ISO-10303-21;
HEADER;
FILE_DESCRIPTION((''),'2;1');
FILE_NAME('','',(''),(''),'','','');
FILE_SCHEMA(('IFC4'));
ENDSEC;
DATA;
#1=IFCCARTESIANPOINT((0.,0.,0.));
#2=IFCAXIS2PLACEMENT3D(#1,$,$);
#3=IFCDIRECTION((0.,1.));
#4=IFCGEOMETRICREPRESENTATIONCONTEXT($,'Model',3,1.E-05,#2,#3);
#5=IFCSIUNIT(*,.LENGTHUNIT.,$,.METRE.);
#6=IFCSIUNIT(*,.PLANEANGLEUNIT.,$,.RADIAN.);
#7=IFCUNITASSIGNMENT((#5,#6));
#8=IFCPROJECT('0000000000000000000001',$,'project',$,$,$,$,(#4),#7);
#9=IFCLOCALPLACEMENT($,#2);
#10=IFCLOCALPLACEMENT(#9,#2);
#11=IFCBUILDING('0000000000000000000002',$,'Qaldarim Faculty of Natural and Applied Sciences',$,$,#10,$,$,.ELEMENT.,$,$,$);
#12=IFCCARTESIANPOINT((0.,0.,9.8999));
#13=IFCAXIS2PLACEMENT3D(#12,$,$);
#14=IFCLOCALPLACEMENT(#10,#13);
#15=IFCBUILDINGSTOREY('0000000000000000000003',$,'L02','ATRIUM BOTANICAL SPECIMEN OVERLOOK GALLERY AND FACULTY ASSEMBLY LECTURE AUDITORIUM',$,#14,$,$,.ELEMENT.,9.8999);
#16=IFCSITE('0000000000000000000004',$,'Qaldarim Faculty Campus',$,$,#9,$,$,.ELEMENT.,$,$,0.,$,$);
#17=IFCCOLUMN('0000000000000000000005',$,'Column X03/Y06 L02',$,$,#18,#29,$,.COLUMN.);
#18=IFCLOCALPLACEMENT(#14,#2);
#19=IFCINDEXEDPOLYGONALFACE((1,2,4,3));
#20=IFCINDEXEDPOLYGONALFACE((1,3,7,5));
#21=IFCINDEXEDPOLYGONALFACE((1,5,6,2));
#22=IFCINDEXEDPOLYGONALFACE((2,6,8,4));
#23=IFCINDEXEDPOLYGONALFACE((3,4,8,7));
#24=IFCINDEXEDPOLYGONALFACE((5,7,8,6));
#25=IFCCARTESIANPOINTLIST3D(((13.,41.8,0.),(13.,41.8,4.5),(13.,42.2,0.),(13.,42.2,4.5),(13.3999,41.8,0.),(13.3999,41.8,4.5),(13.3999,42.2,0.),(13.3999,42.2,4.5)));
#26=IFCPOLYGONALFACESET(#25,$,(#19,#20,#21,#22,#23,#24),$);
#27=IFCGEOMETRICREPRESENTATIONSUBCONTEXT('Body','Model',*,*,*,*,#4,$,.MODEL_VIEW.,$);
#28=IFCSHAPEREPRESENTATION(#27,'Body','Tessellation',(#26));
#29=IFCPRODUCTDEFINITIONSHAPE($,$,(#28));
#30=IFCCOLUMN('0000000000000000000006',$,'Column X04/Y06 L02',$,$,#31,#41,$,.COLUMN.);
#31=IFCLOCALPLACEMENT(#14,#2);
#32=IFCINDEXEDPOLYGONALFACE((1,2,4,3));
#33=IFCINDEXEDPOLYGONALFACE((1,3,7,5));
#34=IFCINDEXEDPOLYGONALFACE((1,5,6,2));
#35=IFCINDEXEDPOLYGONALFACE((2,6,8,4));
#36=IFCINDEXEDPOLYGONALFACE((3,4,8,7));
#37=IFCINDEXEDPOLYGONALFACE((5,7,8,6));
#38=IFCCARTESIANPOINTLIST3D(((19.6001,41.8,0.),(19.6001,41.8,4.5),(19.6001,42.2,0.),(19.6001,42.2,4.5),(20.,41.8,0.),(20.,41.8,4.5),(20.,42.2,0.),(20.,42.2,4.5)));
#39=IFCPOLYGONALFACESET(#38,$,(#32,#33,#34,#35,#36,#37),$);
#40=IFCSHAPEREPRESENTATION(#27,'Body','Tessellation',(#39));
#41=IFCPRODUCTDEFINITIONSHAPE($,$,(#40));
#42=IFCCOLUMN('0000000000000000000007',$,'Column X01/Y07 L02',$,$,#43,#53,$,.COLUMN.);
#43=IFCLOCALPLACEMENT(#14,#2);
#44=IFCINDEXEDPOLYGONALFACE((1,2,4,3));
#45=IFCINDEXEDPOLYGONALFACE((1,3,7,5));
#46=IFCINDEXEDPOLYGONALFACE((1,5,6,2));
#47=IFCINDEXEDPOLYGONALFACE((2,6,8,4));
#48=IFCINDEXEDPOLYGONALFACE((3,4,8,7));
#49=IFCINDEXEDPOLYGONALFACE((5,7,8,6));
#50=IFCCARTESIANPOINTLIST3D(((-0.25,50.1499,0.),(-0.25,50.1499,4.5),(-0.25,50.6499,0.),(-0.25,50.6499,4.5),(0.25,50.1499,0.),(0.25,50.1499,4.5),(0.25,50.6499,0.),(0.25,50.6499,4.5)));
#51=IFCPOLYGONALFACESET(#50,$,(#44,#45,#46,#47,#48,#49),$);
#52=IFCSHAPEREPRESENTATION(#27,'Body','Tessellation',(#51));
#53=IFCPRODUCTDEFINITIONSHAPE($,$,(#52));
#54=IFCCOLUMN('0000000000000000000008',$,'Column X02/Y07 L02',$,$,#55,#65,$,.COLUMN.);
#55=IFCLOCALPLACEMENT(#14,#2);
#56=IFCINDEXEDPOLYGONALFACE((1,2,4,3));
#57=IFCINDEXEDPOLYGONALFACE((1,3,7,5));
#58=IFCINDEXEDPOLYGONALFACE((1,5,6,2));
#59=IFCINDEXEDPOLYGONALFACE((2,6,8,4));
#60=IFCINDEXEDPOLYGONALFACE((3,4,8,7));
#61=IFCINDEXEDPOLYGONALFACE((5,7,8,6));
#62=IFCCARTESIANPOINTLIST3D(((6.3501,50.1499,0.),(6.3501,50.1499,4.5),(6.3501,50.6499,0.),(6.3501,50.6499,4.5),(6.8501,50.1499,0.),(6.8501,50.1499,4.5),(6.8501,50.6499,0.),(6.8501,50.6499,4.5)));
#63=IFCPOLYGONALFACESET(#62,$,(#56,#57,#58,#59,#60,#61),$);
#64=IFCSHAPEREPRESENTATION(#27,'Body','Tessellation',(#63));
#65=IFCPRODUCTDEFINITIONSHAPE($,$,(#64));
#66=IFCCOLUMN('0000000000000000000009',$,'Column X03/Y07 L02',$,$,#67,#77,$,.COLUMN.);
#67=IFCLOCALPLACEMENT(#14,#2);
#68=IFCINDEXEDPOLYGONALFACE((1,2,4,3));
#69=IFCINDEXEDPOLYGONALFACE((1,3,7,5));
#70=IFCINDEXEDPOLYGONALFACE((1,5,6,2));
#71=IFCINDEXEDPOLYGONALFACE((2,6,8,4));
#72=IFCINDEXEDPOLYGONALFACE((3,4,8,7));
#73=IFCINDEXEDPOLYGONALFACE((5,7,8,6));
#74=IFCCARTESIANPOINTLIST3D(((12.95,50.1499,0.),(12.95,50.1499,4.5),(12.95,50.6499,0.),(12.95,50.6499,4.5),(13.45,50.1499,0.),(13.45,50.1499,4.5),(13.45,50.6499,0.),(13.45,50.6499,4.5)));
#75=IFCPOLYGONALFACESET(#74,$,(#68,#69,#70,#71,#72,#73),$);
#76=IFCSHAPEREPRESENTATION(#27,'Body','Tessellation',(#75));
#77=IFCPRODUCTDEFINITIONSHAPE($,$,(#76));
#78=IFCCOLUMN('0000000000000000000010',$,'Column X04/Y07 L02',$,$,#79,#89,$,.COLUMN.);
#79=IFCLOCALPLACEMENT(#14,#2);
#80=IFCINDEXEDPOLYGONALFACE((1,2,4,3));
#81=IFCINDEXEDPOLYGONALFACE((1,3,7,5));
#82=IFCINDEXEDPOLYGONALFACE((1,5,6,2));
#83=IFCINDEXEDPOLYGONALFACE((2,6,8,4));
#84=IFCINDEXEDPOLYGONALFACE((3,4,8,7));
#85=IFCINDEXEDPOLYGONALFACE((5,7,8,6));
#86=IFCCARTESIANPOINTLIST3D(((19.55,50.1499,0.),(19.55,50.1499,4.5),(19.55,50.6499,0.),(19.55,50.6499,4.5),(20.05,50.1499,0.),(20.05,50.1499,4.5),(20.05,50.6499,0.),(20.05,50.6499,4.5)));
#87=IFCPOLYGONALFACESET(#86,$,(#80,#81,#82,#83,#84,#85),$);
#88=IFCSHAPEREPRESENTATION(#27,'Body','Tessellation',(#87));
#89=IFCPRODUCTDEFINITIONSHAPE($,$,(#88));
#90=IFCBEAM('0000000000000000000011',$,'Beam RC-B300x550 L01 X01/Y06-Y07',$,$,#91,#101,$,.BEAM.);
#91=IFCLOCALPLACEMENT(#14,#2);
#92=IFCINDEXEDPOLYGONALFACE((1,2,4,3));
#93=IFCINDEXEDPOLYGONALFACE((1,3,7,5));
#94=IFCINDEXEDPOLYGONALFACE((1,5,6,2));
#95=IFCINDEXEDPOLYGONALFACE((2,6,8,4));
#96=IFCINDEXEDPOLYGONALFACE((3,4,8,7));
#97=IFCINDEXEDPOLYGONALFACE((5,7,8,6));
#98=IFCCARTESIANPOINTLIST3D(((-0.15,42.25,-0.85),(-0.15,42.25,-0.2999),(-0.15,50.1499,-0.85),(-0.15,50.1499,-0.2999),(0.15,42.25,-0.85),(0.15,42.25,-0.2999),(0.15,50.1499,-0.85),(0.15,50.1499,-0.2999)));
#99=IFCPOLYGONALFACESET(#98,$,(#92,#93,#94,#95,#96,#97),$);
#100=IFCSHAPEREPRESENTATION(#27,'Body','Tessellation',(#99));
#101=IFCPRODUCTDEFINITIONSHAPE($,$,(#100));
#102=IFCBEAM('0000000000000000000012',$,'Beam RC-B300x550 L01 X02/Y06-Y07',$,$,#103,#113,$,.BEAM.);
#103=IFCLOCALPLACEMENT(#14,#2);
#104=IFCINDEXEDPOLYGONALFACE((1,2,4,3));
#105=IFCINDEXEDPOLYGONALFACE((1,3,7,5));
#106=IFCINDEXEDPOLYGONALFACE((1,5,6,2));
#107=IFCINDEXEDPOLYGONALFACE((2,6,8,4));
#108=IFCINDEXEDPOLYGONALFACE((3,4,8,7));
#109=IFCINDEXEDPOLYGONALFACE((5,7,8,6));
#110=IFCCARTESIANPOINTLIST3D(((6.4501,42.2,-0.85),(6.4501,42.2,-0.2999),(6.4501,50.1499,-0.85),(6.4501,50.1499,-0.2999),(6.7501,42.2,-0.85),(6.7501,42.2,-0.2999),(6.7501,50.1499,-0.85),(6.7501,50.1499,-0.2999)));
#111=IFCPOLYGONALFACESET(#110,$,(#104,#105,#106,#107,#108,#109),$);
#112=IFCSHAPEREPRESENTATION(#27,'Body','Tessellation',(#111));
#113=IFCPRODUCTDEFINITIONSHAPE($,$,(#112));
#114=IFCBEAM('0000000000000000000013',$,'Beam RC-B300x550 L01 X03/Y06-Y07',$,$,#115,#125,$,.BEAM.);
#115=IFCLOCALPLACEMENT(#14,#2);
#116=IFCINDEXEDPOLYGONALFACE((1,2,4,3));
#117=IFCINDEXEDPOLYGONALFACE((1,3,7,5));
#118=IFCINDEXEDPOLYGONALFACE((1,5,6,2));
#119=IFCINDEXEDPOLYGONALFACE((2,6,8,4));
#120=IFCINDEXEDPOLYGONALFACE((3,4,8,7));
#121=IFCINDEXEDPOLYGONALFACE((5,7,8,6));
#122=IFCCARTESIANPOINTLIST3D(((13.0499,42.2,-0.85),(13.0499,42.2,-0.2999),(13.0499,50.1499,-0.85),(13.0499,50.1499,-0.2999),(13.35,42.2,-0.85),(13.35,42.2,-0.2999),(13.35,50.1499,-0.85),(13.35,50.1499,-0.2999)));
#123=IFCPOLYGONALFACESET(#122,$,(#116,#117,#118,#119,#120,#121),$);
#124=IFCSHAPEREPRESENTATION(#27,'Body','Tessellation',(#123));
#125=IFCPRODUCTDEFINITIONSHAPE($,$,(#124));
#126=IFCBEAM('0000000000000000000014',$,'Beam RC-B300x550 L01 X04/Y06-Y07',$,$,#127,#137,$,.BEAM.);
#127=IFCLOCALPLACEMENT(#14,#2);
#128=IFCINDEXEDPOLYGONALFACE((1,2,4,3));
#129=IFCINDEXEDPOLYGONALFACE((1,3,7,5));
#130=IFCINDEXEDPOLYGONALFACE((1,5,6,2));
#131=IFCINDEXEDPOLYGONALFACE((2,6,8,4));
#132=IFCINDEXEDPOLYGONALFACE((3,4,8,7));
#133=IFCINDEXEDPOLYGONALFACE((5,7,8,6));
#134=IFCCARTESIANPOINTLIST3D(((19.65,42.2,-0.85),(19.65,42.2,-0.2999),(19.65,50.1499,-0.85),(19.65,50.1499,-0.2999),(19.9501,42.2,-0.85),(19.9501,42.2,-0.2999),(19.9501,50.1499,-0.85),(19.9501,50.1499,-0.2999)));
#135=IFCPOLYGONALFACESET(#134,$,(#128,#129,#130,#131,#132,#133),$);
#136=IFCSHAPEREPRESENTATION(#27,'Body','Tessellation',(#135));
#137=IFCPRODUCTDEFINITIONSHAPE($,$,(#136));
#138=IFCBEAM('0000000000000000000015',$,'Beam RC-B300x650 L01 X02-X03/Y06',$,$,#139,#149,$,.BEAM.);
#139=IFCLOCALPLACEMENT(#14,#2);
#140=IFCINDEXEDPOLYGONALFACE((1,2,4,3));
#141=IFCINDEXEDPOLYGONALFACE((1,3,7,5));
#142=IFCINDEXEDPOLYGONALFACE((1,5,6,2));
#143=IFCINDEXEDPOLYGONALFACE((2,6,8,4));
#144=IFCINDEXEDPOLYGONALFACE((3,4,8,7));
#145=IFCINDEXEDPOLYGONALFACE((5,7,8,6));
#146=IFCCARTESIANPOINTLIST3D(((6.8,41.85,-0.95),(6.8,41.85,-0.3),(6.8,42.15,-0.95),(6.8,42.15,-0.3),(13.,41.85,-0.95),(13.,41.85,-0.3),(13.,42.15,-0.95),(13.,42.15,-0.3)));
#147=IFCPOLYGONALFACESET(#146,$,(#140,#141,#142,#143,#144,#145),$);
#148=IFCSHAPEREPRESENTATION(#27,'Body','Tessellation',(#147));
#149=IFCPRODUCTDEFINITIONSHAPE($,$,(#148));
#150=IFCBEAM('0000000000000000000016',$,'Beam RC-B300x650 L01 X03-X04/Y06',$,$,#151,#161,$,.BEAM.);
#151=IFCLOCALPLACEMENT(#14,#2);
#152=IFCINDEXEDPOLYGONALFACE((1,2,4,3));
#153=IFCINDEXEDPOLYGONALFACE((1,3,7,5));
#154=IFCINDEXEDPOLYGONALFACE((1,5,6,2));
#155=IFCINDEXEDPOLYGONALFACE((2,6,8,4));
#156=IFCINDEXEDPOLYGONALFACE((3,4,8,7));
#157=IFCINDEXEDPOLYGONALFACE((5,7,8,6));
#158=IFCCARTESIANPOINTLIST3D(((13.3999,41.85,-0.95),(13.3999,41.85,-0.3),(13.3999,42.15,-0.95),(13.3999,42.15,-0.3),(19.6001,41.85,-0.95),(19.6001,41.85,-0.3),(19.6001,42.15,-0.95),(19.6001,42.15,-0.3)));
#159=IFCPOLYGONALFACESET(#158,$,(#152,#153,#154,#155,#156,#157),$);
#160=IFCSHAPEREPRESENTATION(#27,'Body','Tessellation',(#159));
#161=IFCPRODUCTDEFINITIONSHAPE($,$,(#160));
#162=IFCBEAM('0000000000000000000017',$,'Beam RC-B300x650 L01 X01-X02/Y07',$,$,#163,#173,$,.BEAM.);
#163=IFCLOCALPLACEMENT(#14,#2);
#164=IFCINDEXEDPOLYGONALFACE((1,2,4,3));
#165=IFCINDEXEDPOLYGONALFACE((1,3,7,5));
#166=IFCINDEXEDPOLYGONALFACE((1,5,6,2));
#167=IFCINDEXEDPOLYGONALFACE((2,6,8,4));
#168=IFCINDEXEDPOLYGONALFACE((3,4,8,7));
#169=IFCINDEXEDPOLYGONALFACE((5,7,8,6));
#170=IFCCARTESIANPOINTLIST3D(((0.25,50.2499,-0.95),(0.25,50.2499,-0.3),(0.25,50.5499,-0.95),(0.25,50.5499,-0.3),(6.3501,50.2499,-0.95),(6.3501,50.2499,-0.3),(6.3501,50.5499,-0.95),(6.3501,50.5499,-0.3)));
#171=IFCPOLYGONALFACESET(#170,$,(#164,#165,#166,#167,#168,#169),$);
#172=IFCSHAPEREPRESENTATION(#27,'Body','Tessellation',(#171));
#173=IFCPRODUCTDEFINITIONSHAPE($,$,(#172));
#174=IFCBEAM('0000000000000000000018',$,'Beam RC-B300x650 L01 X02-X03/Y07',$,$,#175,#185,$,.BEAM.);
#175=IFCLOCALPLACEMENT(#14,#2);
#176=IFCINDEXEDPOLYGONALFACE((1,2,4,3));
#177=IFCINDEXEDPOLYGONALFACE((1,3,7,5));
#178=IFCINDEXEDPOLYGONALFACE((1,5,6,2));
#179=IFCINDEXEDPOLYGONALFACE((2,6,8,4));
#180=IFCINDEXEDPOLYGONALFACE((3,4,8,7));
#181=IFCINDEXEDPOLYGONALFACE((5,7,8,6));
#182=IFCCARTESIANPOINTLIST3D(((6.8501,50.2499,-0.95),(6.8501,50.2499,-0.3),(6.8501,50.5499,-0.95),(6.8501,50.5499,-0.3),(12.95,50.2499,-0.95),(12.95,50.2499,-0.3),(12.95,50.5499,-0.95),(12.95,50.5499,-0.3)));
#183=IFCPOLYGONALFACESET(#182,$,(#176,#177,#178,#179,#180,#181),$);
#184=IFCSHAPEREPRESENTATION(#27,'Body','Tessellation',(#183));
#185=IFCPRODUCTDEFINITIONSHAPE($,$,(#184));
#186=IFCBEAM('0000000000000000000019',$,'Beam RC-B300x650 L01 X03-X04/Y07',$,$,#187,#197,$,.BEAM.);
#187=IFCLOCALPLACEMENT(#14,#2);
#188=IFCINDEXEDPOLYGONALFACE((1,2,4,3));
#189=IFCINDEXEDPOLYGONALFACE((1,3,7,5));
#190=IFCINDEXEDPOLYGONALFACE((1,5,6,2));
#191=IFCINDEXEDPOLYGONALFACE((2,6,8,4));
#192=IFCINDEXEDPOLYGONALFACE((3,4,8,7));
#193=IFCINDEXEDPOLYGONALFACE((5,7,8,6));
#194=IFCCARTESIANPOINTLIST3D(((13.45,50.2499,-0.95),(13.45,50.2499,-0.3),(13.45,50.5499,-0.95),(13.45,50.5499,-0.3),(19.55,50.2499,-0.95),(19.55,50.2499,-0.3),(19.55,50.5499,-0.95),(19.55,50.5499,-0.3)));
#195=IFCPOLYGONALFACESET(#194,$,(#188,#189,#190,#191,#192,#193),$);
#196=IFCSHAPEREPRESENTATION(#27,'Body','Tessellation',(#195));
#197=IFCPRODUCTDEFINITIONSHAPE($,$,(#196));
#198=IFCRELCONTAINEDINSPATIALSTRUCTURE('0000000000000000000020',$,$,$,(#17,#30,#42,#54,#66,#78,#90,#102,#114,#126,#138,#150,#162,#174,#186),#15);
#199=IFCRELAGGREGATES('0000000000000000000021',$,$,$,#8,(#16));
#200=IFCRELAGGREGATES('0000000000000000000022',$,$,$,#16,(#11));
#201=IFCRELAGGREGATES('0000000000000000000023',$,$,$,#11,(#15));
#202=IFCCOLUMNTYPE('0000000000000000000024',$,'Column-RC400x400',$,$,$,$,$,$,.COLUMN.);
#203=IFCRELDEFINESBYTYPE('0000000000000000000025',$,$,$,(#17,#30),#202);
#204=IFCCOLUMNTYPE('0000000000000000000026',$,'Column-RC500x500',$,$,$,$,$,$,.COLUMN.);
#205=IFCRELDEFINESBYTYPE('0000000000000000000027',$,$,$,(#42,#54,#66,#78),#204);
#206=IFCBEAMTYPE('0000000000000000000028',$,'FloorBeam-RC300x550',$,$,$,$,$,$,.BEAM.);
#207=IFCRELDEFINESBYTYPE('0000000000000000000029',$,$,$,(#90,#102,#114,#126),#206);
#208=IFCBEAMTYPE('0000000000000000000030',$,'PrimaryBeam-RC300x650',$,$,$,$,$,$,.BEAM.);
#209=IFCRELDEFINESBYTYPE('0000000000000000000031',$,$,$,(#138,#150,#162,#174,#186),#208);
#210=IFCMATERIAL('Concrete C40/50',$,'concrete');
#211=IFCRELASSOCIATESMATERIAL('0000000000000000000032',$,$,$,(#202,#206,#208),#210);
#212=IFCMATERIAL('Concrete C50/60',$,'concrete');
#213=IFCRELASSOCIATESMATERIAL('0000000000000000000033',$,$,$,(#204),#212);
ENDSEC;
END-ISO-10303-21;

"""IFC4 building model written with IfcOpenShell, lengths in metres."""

from ifc_helpers import new_model, si_unit, direction, frame, origin, origin_2d, place, context, subcontext, project, spatial, rectangle, extrude, material, material_profile, profile_set, type_object, element, save


model = new_model("IFC4")

# Units and contexts
model_context = context("Model", 3, precision=1e-05, world=origin(), true_north=direction((0.0, 1.0)))
body_context = subcontext(model_context, "Body", "Model", "MODEL_VIEW")
ifc_project = project(units=[si_unit("LENGTHUNIT", "METRE"), si_unit("PLANEANGLEUNIT", "RADIAN")], contexts=[model_context])

# Site, building, storey
site_placement = place(None, origin())
site = spatial("IfcSite", under=ifc_project, at=site_placement, Name="Qaldarim Faculty Campus", CompositionType="ELEMENT", RefElevation=0.0)
building_placement = place(site_placement, origin())
building = spatial("IfcBuilding", under=site, at=building_placement, Name="Qaldarim Faculty of Natural and Applied Sciences", CompositionType="ELEMENT")
storey_placement = place(building_placement, frame((0.0, 0.0, 9.8999)))
storey = spatial("IfcBuildingStorey", under=building, at=storey_placement, Name="L02", Description="ATRIUM BOTANICAL SPECIMEN OVERLOOK GALLERY AND FACULTY ASSEMBLY LECTURE AUDITORIUM", CompositionType="ELEMENT", Elevation=9.8999)

# Columns
ifc_material_1 = material(Name="Concrete C40/50", Category="concrete")
ifc_material_profile_1 = material_profile(ifc_material_1, rectangle(XDim=0.3999, YDim=0.3999, at=origin_2d()), Name="RC-C400x400")
ifc_profile_set_1 = profile_set([ifc_material_profile_1], Name="Concrete C40/50")
column_type_1 = type_object("IfcColumnType", Name="Column-RC400x400", PredefinedType="COLUMN", material=ifc_profile_set_1)
for number, where, z_axis, x_axis, name in (
    (1, (13.2, 42.0, 0.0), (0.0, 0.0, 1.0), (1.0, 0.0, 0.0), "Column X03/Y06 L02"),
    (2, (19.8, 42.0, 0.0), (0.0, 0.0, 1.0), (1.0, 0.0, 0.0), "Column X04/Y06 L02"),
):
    element("IfcColumn", number, at=place(storey_placement, frame(where, z_axis=z_axis, x_axis=x_axis)), inside=storey, type_object=column_type_1, Name=name, PredefinedType="COLUMN", context=body_context, shape_type="SweptSolid", body=[
        extrude(rectangle(XDim=0.3999, YDim=0.3999, at=origin_2d()), origin(), (0.0, 0.0, 1.0), 4.5),
    ])
ifc_material_2 = material(Name="Concrete C50/60", Category="concrete")
ifc_material_profile_2 = material_profile(ifc_material_2, rectangle(XDim=0.5, YDim=0.5, at=origin_2d()), Name="RC-C500x500")
ifc_profile_set_2 = profile_set([ifc_material_profile_2], Name="Concrete C50/60")
column_type_2 = type_object("IfcColumnType", Name="Column-RC500x500", PredefinedType="COLUMN", material=ifc_profile_set_2)
for number, where, z_axis, x_axis, name in (
    (3, (0.0, 50.3999, 0.0), (0.0, 0.0, 1.0), (1.0, 0.0, 0.0), "Column X01/Y07 L02"),
    (4, (6.6001, 50.3999, 0.0), (0.0, 0.0, 1.0), (1.0, 0.0, 0.0), "Column X02/Y07 L02"),
    (5, (13.2, 50.3999, 0.0), (0.0, 0.0, 1.0), (1.0, 0.0, 0.0), "Column X03/Y07 L02"),
    (6, (19.8, 50.3999, 0.0), (0.0, 0.0, 1.0), (1.0, 0.0, 0.0), "Column X04/Y07 L02"),
):
    element("IfcColumn", number, at=place(storey_placement, frame(where, z_axis=z_axis, x_axis=x_axis)), inside=storey, type_object=column_type_2, Name=name, PredefinedType="COLUMN", context=body_context, shape_type="SweptSolid", body=[
        extrude(rectangle(XDim=0.5, YDim=0.5, at=origin_2d()), origin(), (0.0, 0.0, 1.0), 4.5),
    ])

# Beams
ifc_material_profile_3 = material_profile(ifc_material_1, rectangle(XDim=0.3, YDim=0.55, at=origin_2d()), Name="RC-B300x550")
ifc_profile_set_3 = profile_set([ifc_material_profile_3], Name="Concrete C40/50")
beam_type_1 = type_object("IfcBeamType", Name="FloorBeam-RC300x550", PredefinedType="BEAM", material=ifc_profile_set_3)
beam_1_placement = place(storey_placement, frame((0.0, 42.25, -0.575), z_axis=(0.0, 1.0, 0.0), x_axis=(-1.0, 0.0, 0.0)))
element("IfcBeam", 7, at=beam_1_placement, inside=storey, type_object=beam_type_1, Name="Beam RC-B300x550 L01 X01/Y06-Y07", PredefinedType="BEAM", context=body_context, shape_type="SweptSolid", body=[
    extrude(rectangle(XDim=0.3, YDim=0.55, at=origin_2d()), origin(), (0.0, 0.0, 1.0), 7.8999),
])
for number, where, z_axis, x_axis, name in (
    (8, (6.6001, 42.2, -0.575), (0.0, 1.0, 0.0), (-1.0, 0.0, 0.0), "Beam RC-B300x550 L01 X02/Y06-Y07"),
    (9, (13.2, 42.2, -0.575), (0.0, 1.0, 0.0), (-1.0, 0.0, 0.0), "Beam RC-B300x550 L01 X03/Y06-Y07"),
    (10, (19.8, 42.2, -0.575), (0.0, 1.0, 0.0), (-1.0, 0.0, 0.0), "Beam RC-B300x550 L01 X04/Y06-Y07"),
):
    element("IfcBeam", number, at=place(storey_placement, frame(where, z_axis=z_axis, x_axis=x_axis)), inside=storey, type_object=beam_type_1, Name=name, PredefinedType="BEAM", context=body_context, shape_type="SweptSolid", body=[
        extrude(rectangle(XDim=0.3, YDim=0.55, at=origin_2d()), origin(), (0.0, 0.0, 1.0), 7.95),
    ])
ifc_material_profile_4 = material_profile(ifc_material_1, rectangle(XDim=0.3, YDim=0.6499, at=origin_2d()), Name="RC-B300x650")
ifc_profile_set_4 = profile_set([ifc_material_profile_4], Name="Concrete C40/50")
beam_type_2 = type_object("IfcBeamType", Name="PrimaryBeam-RC300x650", PredefinedType="BEAM", material=ifc_profile_set_4)
beam_2_placement = place(storey_placement, frame((6.8, 42.0, -0.625), z_axis=(1.0, 0.0, 0.0), x_axis=(0.0, 1.0, 0.0)))
element("IfcBeam", 11, at=beam_2_placement, inside=storey, type_object=beam_type_2, Name="Beam RC-B300x650 L01 X02-X03/Y06", PredefinedType="BEAM", context=body_context, shape_type="SweptSolid", body=[
    extrude(rectangle(XDim=0.3, YDim=0.6499, at=origin_2d()), origin(), (0.0, 0.0, 1.0), 6.2),
])
beam_3_placement = place(storey_placement, frame((13.3999, 42.0, -0.625), z_axis=(1.0, 0.0, 0.0), x_axis=(0.0, 1.0, 0.0)))
element("IfcBeam", 12, at=beam_3_placement, inside=storey, type_object=beam_type_2, Name="Beam RC-B300x650 L01 X03-X04/Y06", PredefinedType="BEAM", context=body_context, shape_type="SweptSolid", body=[
    extrude(rectangle(XDim=0.3, YDim=0.6499, at=origin_2d()), origin(), (0.0, 0.0, 1.0), 6.2002),
])
beam_4_placement = place(storey_placement, frame((0.25, 50.3999, -0.625), z_axis=(1.0, 0.0, 0.0), x_axis=(0.0, 1.0, 0.0)))
element("IfcBeam", 13, at=beam_4_placement, inside=storey, type_object=beam_type_2, Name="Beam RC-B300x650 L01 X01-X02/Y07", PredefinedType="BEAM", context=body_context, shape_type="SweptSolid", body=[
    extrude(rectangle(XDim=0.3, YDim=0.6499, at=origin_2d()), origin(), (0.0, 0.0, 1.0), 6.1001),
])
beam_5_placement = place(storey_placement, frame((6.8501, 50.3999, -0.625), z_axis=(1.0, 0.0, 0.0), x_axis=(0.0, 1.0, 0.0)))
element("IfcBeam", 14, at=beam_5_placement, inside=storey, type_object=beam_type_2, Name="Beam RC-B300x650 L01 X02-X03/Y07", PredefinedType="BEAM", context=body_context, shape_type="SweptSolid", body=[
    extrude(rectangle(XDim=0.3, YDim=0.6499, at=origin_2d()), origin(), (0.0, 0.0, 1.0), 6.0999),
])
beam_6_placement = place(storey_placement, frame((13.45, 50.3999, -0.625), z_axis=(1.0, 0.0, 0.0), x_axis=(0.0, 1.0, 0.0)))
element("IfcBeam", 15, at=beam_6_placement, inside=storey, type_object=beam_type_2, Name="Beam RC-B300x650 L01 X03-X04/Y07", PredefinedType="BEAM", context=body_context, shape_type="SweptSolid", body=[
    extrude(rectangle(XDim=0.3, YDim=0.6499, at=origin_2d()), origin(), (0.0, 0.0, 1.0), 6.1001),
])

save(model, "model.ifc")
